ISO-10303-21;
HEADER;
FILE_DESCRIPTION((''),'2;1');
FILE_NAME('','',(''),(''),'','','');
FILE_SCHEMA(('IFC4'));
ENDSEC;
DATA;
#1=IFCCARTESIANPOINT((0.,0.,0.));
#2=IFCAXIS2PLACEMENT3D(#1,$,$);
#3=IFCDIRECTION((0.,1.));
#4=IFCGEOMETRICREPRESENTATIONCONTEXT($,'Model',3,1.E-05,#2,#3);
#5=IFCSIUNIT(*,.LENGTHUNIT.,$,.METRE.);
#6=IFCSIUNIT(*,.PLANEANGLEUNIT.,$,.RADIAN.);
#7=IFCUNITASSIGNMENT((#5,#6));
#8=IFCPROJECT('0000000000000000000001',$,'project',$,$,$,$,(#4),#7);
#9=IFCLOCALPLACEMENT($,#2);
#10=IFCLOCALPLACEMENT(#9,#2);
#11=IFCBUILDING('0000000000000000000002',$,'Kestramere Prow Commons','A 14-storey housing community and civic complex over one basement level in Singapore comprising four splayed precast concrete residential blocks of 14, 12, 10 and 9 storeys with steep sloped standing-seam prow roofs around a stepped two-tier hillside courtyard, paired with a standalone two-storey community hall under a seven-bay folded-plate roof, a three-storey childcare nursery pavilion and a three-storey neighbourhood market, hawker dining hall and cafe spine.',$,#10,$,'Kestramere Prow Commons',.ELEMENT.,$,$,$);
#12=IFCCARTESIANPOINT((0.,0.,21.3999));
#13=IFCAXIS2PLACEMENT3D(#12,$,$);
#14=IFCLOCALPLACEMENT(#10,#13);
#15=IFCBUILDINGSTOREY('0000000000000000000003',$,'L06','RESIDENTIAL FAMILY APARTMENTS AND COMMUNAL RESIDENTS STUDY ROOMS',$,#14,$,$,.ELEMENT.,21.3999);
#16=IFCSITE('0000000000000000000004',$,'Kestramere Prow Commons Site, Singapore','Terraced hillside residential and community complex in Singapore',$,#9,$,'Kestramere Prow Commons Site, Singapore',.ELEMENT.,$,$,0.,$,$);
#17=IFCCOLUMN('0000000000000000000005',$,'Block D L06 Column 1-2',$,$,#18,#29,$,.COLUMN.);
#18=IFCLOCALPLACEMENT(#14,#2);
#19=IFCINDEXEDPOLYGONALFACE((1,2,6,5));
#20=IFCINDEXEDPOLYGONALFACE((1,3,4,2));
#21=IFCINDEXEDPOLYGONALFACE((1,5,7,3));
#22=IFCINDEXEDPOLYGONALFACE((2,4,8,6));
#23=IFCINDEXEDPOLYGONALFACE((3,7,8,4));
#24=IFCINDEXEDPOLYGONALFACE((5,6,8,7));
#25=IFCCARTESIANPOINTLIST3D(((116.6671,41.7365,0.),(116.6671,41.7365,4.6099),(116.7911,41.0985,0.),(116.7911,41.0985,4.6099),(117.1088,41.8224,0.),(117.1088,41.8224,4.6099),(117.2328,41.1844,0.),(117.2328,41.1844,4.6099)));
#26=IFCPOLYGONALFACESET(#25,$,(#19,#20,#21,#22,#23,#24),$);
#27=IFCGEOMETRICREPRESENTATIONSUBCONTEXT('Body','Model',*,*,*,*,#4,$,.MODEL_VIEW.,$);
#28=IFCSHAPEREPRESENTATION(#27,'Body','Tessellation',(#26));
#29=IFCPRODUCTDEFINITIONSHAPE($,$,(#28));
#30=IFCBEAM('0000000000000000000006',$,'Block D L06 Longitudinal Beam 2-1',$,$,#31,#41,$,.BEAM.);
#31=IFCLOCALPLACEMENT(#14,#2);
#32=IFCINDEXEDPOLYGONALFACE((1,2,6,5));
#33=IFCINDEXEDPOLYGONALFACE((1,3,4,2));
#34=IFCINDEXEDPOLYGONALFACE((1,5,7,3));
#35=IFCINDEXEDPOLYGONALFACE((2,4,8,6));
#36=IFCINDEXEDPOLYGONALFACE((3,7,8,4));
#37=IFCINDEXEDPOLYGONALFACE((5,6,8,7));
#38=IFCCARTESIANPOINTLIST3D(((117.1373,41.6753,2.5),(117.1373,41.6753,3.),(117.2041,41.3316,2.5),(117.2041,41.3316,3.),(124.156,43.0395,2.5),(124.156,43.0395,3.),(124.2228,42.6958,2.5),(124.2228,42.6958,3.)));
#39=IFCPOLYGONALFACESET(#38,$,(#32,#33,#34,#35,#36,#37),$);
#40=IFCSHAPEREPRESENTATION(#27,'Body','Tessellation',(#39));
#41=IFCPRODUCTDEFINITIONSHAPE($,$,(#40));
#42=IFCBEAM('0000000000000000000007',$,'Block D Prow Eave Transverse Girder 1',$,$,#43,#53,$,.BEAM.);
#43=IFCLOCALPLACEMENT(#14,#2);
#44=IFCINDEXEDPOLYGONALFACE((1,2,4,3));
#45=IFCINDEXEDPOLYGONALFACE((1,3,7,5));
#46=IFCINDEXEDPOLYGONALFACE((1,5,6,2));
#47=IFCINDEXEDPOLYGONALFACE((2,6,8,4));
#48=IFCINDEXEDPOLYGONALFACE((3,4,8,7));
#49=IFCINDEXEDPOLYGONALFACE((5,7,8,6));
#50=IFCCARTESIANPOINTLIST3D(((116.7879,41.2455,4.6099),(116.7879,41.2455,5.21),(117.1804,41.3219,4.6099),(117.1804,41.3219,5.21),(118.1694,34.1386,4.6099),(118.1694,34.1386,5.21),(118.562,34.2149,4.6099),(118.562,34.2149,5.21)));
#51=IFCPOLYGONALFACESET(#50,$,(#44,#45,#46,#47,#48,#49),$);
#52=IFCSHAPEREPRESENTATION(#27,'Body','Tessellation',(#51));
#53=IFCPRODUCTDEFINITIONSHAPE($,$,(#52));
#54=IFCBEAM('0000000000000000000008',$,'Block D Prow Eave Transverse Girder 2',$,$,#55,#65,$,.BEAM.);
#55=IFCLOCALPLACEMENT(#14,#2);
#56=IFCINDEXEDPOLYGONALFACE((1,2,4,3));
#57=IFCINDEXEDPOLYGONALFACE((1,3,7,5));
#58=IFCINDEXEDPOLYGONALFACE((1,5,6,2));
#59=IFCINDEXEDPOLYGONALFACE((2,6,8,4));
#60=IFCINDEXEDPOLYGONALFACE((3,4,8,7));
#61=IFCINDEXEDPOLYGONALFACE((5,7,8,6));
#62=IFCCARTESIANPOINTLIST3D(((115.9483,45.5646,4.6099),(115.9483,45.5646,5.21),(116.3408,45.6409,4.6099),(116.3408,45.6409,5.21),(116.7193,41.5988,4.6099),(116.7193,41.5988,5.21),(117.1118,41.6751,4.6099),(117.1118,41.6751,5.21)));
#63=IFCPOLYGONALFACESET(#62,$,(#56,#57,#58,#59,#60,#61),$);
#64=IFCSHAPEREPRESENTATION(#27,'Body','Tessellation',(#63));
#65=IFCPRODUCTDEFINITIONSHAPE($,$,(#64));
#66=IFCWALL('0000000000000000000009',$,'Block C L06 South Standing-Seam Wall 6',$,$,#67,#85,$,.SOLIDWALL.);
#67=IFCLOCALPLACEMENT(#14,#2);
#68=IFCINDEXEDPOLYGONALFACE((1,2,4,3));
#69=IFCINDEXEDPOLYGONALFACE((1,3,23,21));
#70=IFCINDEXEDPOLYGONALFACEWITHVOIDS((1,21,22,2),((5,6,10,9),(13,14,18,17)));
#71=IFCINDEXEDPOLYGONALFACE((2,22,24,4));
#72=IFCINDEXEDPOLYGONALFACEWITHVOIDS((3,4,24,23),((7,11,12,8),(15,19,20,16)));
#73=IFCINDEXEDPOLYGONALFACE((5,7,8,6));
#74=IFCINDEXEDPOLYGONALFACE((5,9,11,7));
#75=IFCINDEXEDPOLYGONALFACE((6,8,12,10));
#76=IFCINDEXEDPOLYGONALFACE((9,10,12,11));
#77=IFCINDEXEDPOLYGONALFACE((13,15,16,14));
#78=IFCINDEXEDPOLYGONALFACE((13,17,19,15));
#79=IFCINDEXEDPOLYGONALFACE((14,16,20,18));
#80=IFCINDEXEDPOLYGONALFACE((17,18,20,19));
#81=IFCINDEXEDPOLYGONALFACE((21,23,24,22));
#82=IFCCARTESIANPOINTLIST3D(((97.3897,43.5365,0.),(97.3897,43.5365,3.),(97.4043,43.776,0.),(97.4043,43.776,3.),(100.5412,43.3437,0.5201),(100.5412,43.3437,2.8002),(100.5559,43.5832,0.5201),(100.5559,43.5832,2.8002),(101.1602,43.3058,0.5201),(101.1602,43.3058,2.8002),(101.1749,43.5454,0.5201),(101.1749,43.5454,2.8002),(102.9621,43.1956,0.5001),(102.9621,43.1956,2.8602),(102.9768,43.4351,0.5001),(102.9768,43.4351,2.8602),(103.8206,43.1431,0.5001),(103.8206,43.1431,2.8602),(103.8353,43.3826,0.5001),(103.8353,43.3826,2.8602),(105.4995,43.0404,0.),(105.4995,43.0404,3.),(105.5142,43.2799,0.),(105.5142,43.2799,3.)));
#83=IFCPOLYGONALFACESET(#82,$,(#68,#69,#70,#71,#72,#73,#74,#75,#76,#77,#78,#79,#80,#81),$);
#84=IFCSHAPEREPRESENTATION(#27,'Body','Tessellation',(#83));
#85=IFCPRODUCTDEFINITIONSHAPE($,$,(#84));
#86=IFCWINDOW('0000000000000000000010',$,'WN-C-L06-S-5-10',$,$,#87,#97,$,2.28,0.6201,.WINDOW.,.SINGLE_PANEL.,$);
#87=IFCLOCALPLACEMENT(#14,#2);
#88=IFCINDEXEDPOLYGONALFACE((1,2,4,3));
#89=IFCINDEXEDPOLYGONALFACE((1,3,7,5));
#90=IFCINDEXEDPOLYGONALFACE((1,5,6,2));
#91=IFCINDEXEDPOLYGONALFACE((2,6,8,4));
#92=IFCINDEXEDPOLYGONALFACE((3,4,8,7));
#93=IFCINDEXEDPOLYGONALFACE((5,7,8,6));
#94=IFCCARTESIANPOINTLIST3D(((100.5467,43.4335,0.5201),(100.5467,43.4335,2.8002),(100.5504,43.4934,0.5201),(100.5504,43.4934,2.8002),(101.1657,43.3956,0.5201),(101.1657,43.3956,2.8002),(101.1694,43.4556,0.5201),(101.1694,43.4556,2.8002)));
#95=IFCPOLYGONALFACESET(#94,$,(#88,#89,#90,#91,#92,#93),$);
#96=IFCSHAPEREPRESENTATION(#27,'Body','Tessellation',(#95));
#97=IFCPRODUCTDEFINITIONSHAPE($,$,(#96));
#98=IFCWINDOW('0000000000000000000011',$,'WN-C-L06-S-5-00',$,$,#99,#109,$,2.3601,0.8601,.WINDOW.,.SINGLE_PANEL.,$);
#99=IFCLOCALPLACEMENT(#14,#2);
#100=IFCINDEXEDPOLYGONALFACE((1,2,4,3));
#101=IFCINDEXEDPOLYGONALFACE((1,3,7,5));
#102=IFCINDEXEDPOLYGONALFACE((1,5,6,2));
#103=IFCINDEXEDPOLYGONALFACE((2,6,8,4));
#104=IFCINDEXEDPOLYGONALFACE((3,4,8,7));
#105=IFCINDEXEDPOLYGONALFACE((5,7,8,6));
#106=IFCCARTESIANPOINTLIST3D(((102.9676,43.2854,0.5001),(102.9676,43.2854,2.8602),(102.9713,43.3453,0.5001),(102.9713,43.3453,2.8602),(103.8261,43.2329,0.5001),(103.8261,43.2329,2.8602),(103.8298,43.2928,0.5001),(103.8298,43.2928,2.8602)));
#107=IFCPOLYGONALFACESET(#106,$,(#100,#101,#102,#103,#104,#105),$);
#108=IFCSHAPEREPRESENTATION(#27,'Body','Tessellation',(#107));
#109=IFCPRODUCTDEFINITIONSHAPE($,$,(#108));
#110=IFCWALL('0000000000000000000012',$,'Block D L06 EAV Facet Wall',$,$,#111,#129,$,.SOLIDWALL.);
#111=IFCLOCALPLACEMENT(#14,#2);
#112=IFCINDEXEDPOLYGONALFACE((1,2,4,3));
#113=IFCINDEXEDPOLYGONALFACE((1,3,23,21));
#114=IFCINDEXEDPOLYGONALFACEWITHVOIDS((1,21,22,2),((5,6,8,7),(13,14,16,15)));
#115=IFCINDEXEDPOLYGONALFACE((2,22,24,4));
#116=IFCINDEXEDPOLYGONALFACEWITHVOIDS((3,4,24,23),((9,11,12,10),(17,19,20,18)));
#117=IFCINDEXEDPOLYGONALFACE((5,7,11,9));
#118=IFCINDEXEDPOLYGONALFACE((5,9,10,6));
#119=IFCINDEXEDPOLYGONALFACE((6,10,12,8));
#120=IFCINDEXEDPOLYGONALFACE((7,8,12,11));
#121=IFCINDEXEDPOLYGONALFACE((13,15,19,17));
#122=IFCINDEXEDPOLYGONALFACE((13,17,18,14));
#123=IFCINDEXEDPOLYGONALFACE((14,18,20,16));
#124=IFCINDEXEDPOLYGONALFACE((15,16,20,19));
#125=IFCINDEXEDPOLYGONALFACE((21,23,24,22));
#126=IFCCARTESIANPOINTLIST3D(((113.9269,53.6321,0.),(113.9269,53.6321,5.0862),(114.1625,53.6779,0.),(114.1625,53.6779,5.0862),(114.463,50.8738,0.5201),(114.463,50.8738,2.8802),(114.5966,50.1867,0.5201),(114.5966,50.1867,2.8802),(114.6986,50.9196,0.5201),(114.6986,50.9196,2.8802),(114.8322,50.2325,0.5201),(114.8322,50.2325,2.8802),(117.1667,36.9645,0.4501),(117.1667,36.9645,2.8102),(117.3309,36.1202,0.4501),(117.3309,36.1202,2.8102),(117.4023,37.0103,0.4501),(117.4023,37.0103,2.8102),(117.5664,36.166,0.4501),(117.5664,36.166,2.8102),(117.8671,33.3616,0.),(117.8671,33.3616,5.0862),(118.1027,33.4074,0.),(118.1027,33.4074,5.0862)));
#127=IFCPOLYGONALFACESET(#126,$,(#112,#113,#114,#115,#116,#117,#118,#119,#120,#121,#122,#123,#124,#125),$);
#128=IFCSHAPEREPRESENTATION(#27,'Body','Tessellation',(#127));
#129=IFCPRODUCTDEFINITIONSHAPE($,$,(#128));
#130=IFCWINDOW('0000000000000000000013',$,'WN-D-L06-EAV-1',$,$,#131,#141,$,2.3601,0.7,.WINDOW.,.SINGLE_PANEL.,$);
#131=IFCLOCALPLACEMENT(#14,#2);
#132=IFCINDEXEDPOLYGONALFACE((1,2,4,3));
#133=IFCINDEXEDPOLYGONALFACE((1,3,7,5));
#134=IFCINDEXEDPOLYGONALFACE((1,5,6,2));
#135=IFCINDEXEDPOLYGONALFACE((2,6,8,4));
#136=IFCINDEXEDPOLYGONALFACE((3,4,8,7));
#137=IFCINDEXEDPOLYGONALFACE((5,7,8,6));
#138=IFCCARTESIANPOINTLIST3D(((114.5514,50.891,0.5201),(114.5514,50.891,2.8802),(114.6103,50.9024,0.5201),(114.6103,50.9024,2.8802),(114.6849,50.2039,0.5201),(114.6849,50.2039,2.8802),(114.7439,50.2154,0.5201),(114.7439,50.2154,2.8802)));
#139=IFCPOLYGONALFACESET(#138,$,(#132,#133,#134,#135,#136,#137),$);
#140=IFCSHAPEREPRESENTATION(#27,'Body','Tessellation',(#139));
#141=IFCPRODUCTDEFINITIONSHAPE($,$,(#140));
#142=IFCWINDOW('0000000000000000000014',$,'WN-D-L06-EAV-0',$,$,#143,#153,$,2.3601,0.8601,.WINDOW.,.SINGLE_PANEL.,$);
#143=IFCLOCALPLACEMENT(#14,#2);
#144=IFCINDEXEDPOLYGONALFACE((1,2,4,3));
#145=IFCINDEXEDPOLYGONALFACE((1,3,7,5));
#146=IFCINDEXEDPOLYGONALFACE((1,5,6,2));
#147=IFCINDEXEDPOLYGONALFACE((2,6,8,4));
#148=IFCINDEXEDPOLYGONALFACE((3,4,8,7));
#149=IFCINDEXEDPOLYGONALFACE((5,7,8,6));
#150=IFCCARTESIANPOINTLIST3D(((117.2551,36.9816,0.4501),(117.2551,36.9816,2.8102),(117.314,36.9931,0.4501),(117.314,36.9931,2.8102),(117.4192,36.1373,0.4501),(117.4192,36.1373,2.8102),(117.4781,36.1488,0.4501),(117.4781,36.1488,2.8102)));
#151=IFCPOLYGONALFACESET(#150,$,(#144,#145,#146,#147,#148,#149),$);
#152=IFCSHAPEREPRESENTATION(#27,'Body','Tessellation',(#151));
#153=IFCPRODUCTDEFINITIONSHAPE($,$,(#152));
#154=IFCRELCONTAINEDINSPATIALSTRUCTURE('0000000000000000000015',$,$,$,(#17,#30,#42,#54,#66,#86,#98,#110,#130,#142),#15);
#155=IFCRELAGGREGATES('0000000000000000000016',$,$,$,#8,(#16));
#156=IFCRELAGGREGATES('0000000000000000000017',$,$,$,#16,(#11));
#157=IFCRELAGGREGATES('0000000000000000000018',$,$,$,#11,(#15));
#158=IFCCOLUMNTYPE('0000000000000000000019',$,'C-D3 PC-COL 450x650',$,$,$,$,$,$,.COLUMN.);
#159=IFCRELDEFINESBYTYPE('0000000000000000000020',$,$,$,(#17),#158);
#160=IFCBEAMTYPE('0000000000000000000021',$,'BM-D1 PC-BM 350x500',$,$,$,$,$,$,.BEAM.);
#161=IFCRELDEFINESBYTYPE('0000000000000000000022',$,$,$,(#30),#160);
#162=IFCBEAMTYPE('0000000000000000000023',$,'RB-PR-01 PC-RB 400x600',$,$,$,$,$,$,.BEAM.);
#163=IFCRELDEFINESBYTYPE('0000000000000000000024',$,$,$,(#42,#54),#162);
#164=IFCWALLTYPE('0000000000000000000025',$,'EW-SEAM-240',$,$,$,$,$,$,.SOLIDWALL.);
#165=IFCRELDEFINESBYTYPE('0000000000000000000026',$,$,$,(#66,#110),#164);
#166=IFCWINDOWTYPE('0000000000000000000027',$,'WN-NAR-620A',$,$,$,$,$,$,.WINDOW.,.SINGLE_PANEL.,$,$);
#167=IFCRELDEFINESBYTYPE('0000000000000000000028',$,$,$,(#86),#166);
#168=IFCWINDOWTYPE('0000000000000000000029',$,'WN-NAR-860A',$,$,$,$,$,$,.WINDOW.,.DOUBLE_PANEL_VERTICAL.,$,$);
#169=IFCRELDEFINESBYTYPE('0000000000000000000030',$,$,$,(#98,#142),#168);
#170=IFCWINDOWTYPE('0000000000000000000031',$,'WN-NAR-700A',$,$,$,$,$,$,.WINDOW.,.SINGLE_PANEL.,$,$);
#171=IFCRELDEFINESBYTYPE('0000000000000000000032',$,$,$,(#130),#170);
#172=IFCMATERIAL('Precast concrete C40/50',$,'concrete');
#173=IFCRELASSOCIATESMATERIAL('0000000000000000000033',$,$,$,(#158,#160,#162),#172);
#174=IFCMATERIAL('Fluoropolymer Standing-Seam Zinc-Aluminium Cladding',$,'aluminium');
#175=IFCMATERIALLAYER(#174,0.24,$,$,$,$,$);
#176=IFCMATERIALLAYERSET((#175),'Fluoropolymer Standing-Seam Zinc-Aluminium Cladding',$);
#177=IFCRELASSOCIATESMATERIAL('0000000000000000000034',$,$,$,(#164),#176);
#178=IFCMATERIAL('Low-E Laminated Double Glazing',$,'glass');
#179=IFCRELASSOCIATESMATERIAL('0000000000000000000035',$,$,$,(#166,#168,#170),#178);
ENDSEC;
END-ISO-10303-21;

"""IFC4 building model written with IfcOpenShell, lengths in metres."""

from ifc_helpers import new_model, si_unit, direction, frame, frame_2d, origin, origin_2d, place, context, subcontext, project, spatial, rectangle, extrude, material, layer, layer_set, material_profile, profile_set, type_object, element, fill, save


model = new_model("IFC4")

# Units and contexts
model_context = context("Model", 3, precision=1e-05, world=origin(), true_north=direction((0.0, 1.0)))
body_context = subcontext(model_context, "Body", "Model", "MODEL_VIEW")
ifc_project = project(units=[si_unit("LENGTHUNIT", "METRE"), si_unit("PLANEANGLEUNIT", "RADIAN")], contexts=[model_context])

# Site, building, storey
site_placement = place(None, origin())
site = spatial("IfcSite", under=ifc_project, at=site_placement, Name="Kestramere Prow Commons Site, Singapore", Description="Terraced hillside residential and community complex in Singapore", LongName="Kestramere Prow Commons Site, Singapore", CompositionType="ELEMENT", RefElevation=0.0)
building_placement = place(site_placement, origin())
building = spatial("IfcBuilding", under=site, at=building_placement, Name="Kestramere Prow Commons", Description="A 14-storey housing community and civic complex over one basement level in Singapore comprising four splayed precast concrete residential blocks of 14, 12, 10 and 9 storeys with steep sloped standing-seam prow roofs around a stepped two-tier hillside courtyard, paired with a standalone two-storey community hall under a seven-bay folded-plate roof, a three-storey childcare nursery pavilion and a three-storey neighbourhood market, hawker dining hall and cafe spine.", LongName="Kestramere Prow Commons", CompositionType="ELEMENT")
storey_placement = place(building_placement, frame((0.0, 0.0, 21.3999)))
storey = spatial("IfcBuildingStorey", under=building, at=storey_placement, Name="L06", Description="RESIDENTIAL FAMILY APARTMENTS AND COMMUNAL RESIDENTS STUDY ROOMS", CompositionType="ELEMENT", Elevation=21.3999)

# Column
ifc_material_1 = material(Name="Precast concrete C40/50", Category="concrete")
ifc_material_profile_1 = material_profile(ifc_material_1, rectangle(XDim=0.45, YDim=0.6499, at=origin_2d()), Name="PC-COL 450x650")
ifc_profile_set_1 = profile_set([ifc_material_profile_1], Name="Precast concrete C40/50")
column_type = type_object("IfcColumnType", Name="C-D3 PC-COL 450x650", PredefinedType="COLUMN", material=ifc_profile_set_1)
column_placement = place(storey_placement, frame((116.95, 41.4604, 0.0), z_axis=(0.0, 0.0, 1.0), x_axis=(0.981627, 0.190809, 0.0)))
element("IfcColumn", 1, at=column_placement, inside=storey, type_object=column_type, Name="Block D L06 Column 1-2", PredefinedType="COLUMN", context=body_context, shape_type="SweptSolid", body=[
    extrude(rectangle(XDim=0.45, YDim=0.6499, at=origin_2d()), origin(), (0.0, 0.0, 1.0), 4.6099),
])

# Beams
ifc_material_profile_2 = material_profile(ifc_material_1, rectangle(XDim=0.3501, YDim=0.5, at=origin_2d()), Name="PC-BM 350x500")
ifc_profile_set_2 = profile_set([ifc_material_profile_2], Name="Precast concrete C40/50")
beam_type_1 = type_object("IfcBeamType", Name="BM-D1 PC-BM 350x500", PredefinedType="BEAM", material=ifc_profile_set_2)
beam_1_placement = place(storey_placement, frame((117.1707, 41.5034, 2.75), z_axis=(0.981629, 0.190801, 0.0), x_axis=(-0.190801, 0.981629, 0.0)))
element("IfcBeam", 2, at=beam_1_placement, inside=storey, type_object=beam_type_1, Name="Block D L06 Longitudinal Beam 2-1", PredefinedType="BEAM", context=body_context, shape_type="SweptSolid", body=[
    extrude(rectangle(XDim=0.3501, YDim=0.5, at=origin_2d()), origin(), (0.0, 0.0, 1.0), 7.1501),
])
ifc_material_profile_3 = material_profile(ifc_material_1, rectangle(XDim=0.3999, YDim=0.6001, at=origin_2d()), Name="PC-RB 400x600")
ifc_profile_set_3 = profile_set([ifc_material_profile_3], Name="Precast concrete C40/50")
beam_type_2 = type_object("IfcBeamType", Name="RB-PR-01 PC-RB 400x600", PredefinedType="BEAM", material=ifc_profile_set_3)
beam_2_placement = place(storey_placement, frame((118.3657, 34.1768, 4.9099), z_axis=(-0.190828, 0.981623, 0.0), x_axis=(-0.981623, -0.190828, 0.0)))
element("IfcBeam", 3, at=beam_2_placement, inside=storey, type_object=beam_type_2, Name="Block D Prow Eave Transverse Girder 1", PredefinedType="BEAM", context=body_context, shape_type="SweptSolid", body=[
    extrude(rectangle(XDim=0.3999, YDim=0.6001, at=origin_2d()), origin(), (0.0, 0.0, 1.0), 7.24),
])
beam_3_placement = place(storey_placement, frame((116.9155, 41.637, 4.9099), z_axis=(-0.190837, 0.981622, 0.0), x_axis=(-0.981622, -0.190837, 0.0)))
element("IfcBeam", 4, at=beam_3_placement, inside=storey, type_object=beam_type_2, Name="Block D Prow Eave Transverse Girder 2", PredefinedType="BEAM", context=body_context, shape_type="SweptSolid", body=[
    extrude(rectangle(XDim=0.3999, YDim=0.6001, at=origin_2d()), origin(), (0.0, 0.0, 1.0), 4.04),
])

# Walls, openings, windows
ifc_material_2 = material(Name="Fluoropolymer Standing-Seam Zinc-Aluminium Cladding", Category="aluminium")
ifc_layer_1 = layer(ifc_material_2, 0.24)
ifc_layer_set_1 = layer_set([ifc_layer_1], Name="Fluoropolymer Standing-Seam Zinc-Aluminium Cladding")
wall_type_1 = type_object("IfcWallType", Name="EW-SEAM-240", PredefinedType="SOLIDWALL", material=ifc_layer_set_1)
wall_1_placement = place(storey_placement, frame((105.5068, 43.1602, 0.0), z_axis=(0.0, 0.0, 1.0), x_axis=(-0.998134, 0.061058, 0.0)))
wall_1 = element("IfcWall", 5, at=wall_1_placement, inside=storey, type_object=wall_type_1, Name="Block C L06 South Standing-Seam Wall 6", PredefinedType="SOLIDWALL", context=body_context, shape_type="SweptSolid", body=[
    extrude(rectangle(XDim=8.125, YDim=0.24, at=frame_2d((4.0625, 0.0))), origin(), (0.0, 0.0, 1.0), 3.0),
])
opening_1_placement = place(wall_1_placement, frame((1.6819, 0.0, 0.5)))
opening_1 = element("IfcOpeningElement", 6, at=opening_1_placement, cuts=wall_1, PredefinedType="OPENING", context=body_context, shape_type="SweptSolid", body=[
    extrude(rectangle(XDim=0.8601, YDim=2.3601, at=frame_2d((0.4302, 1.1802))), frame((0.0, 0.135, 0.0), z_axis=(0.0, -1.0, 0.0), x_axis=(1.0, 0.0, 0.0)), (0.0, 0.0, 1.0), 0.27),
])
opening_2_placement = place(wall_1_placement, frame((4.3474, 0.0, 0.52)))
opening_2 = element("IfcOpeningElement", 7, at=opening_2_placement, cuts=wall_1, PredefinedType="OPENING", context=body_context, shape_type="SweptSolid", body=[
    extrude(rectangle(XDim=0.6201, YDim=2.28, at=frame_2d((0.3101, 1.1401))), frame((0.0, 0.135, 0.0), z_axis=(0.0, -1.0, 0.0), x_axis=(1.0, 0.0, 0.0)), (0.0, 0.0, 1.0), 0.27),
])
ifc_material_3 = material(Name="Low-E Laminated Double Glazing", Category="glass")
window_type_1 = type_object("IfcWindowType", Name="WN-NAR-620A", PartitioningType="SINGLE_PANEL", PredefinedType="WINDOW", material=ifc_material_3)
window_1_placement = place(opening_2_placement, origin())
window_1 = element("IfcWindow", 8, at=window_1_placement, inside=storey, type_object=window_type_1, Name="WN-C-L06-S-5-10", OverallHeight=2.28, OverallWidth=0.6201, PartitioningType="SINGLE_PANEL", PredefinedType="WINDOW", context=body_context, shape_type="SweptSolid", body=[
    extrude(rectangle(XDim=0.6201, YDim=2.28, at=frame_2d((0.3101, 1.1401))), frame((0.0, 0.03, 0.0), z_axis=(0.0, -1.0, 0.0), x_axis=(1.0, 0.0, 0.0)), (0.0, 0.0, 1.0), 0.0601),
])
fill(opening_2, window_1)
window_type_2 = type_object("IfcWindowType", Name="WN-NAR-860A", PartitioningType="DOUBLE_PANEL_VERTICAL", PredefinedType="WINDOW", material=ifc_material_3)
window_2_placement = place(opening_1_placement, origin())
window_2 = element("IfcWindow", 9, at=window_2_placement, inside=storey, type_object=window_type_2, Name="WN-C-L06-S-5-00", OverallHeight=2.3601, OverallWidth=0.8601, PartitioningType="SINGLE_PANEL", PredefinedType="WINDOW", context=body_context, shape_type="SweptSolid", body=[
    extrude(rectangle(XDim=0.8601, YDim=2.3601, at=frame_2d((0.4302, 1.1802))), frame((0.0, 0.03, 0.0), z_axis=(0.0, -1.0, 0.0), x_axis=(1.0, 0.0, 0.0)), (0.0, 0.0, 1.0), 0.0601),
])
fill(opening_1, window_2)
wall_2_placement = place(storey_placement, frame((117.9849, 33.3845, 0.0), z_axis=(0.0, 0.0, 1.0), x_axis=(-0.190809, 0.981627, 0.0)))
wall_2 = element("IfcWall", 10, at=wall_2_placement, inside=storey, type_object=wall_type_1, Name="Block D L06 EAV Facet Wall", PredefinedType="SOLIDWALL", context=body_context, shape_type="SweptSolid", body=[
    extrude(rectangle(XDim=20.6499, YDim=0.24, at=frame_2d((10.325, 0.0))), origin(), (0.0, 0.0, 1.0), 5.0862),
])
opening_3_placement = place(wall_2_placement, frame((2.8101, 0.0, 0.45)))
opening_3 = element("IfcOpeningElement", 11, at=opening_3_placement, cuts=wall_2, PredefinedType="OPENING", context=body_context, shape_type="SweptSolid", body=[
    extrude(rectangle(XDim=0.8601, YDim=2.3601, at=frame_2d((0.4302, 1.1802))), frame((0.0, 0.135, 0.0), z_axis=(0.0, -1.0, 0.0), x_axis=(1.0, 0.0, 0.0)), (0.0, 0.0, 1.0), 0.27),
])
opening_4_placement = place(wall_2_placement, frame((17.1399, 0.0, 0.52)))
opening_4 = element("IfcOpeningElement", 12, at=opening_4_placement, cuts=wall_2, PredefinedType="OPENING", context=body_context, shape_type="SweptSolid", body=[
    extrude(rectangle(XDim=0.7, YDim=2.3601, at=frame_2d((0.3501, 1.1802))), frame((0.0, 0.135, 0.0), z_axis=(0.0, -1.0, 0.0), x_axis=(1.0, 0.0, 0.0)), (0.0, 0.0, 1.0), 0.27),
])
window_type_3 = type_object("IfcWindowType", Name="WN-NAR-700A", PartitioningType="SINGLE_PANEL", PredefinedType="WINDOW", material=ifc_material_3)
window_3_placement = place(opening_4_placement, origin())
window_3 = element("IfcWindow", 13, at=window_3_placement, inside=storey, type_object=window_type_3, Name="WN-D-L06-EAV-1", OverallHeight=2.3601, OverallWidth=0.7, PartitioningType="SINGLE_PANEL", PredefinedType="WINDOW", context=body_context, shape_type="SweptSolid", body=[
    extrude(rectangle(XDim=0.7, YDim=2.3601, at=frame_2d((0.3501, 1.1802))), frame((0.0, 0.03, 0.0), z_axis=(0.0, -1.0, 0.0), x_axis=(1.0, 0.0, 0.0)), (0.0, 0.0, 1.0), 0.0601),
])
fill(opening_4, window_3)
window_4_placement = place(opening_3_placement, origin())
window_4 = element("IfcWindow", 14, at=window_4_placement, inside=storey, type_object=window_type_2, Name="WN-D-L06-EAV-0", OverallHeight=2.3601, OverallWidth=0.8601, PartitioningType="SINGLE_PANEL", PredefinedType="WINDOW", context=body_context, shape_type="SweptSolid", body=[
    extrude(rectangle(XDim=0.8601, YDim=2.3601, at=frame_2d((0.4302, 1.1802))), frame((0.0, 0.03, 0.0), z_axis=(0.0, -1.0, 0.0), x_axis=(1.0, 0.0, 0.0)), (0.0, 0.0, 1.0), 0.0601),
])
fill(opening_3, window_4)

save(model, "model.ifc")
